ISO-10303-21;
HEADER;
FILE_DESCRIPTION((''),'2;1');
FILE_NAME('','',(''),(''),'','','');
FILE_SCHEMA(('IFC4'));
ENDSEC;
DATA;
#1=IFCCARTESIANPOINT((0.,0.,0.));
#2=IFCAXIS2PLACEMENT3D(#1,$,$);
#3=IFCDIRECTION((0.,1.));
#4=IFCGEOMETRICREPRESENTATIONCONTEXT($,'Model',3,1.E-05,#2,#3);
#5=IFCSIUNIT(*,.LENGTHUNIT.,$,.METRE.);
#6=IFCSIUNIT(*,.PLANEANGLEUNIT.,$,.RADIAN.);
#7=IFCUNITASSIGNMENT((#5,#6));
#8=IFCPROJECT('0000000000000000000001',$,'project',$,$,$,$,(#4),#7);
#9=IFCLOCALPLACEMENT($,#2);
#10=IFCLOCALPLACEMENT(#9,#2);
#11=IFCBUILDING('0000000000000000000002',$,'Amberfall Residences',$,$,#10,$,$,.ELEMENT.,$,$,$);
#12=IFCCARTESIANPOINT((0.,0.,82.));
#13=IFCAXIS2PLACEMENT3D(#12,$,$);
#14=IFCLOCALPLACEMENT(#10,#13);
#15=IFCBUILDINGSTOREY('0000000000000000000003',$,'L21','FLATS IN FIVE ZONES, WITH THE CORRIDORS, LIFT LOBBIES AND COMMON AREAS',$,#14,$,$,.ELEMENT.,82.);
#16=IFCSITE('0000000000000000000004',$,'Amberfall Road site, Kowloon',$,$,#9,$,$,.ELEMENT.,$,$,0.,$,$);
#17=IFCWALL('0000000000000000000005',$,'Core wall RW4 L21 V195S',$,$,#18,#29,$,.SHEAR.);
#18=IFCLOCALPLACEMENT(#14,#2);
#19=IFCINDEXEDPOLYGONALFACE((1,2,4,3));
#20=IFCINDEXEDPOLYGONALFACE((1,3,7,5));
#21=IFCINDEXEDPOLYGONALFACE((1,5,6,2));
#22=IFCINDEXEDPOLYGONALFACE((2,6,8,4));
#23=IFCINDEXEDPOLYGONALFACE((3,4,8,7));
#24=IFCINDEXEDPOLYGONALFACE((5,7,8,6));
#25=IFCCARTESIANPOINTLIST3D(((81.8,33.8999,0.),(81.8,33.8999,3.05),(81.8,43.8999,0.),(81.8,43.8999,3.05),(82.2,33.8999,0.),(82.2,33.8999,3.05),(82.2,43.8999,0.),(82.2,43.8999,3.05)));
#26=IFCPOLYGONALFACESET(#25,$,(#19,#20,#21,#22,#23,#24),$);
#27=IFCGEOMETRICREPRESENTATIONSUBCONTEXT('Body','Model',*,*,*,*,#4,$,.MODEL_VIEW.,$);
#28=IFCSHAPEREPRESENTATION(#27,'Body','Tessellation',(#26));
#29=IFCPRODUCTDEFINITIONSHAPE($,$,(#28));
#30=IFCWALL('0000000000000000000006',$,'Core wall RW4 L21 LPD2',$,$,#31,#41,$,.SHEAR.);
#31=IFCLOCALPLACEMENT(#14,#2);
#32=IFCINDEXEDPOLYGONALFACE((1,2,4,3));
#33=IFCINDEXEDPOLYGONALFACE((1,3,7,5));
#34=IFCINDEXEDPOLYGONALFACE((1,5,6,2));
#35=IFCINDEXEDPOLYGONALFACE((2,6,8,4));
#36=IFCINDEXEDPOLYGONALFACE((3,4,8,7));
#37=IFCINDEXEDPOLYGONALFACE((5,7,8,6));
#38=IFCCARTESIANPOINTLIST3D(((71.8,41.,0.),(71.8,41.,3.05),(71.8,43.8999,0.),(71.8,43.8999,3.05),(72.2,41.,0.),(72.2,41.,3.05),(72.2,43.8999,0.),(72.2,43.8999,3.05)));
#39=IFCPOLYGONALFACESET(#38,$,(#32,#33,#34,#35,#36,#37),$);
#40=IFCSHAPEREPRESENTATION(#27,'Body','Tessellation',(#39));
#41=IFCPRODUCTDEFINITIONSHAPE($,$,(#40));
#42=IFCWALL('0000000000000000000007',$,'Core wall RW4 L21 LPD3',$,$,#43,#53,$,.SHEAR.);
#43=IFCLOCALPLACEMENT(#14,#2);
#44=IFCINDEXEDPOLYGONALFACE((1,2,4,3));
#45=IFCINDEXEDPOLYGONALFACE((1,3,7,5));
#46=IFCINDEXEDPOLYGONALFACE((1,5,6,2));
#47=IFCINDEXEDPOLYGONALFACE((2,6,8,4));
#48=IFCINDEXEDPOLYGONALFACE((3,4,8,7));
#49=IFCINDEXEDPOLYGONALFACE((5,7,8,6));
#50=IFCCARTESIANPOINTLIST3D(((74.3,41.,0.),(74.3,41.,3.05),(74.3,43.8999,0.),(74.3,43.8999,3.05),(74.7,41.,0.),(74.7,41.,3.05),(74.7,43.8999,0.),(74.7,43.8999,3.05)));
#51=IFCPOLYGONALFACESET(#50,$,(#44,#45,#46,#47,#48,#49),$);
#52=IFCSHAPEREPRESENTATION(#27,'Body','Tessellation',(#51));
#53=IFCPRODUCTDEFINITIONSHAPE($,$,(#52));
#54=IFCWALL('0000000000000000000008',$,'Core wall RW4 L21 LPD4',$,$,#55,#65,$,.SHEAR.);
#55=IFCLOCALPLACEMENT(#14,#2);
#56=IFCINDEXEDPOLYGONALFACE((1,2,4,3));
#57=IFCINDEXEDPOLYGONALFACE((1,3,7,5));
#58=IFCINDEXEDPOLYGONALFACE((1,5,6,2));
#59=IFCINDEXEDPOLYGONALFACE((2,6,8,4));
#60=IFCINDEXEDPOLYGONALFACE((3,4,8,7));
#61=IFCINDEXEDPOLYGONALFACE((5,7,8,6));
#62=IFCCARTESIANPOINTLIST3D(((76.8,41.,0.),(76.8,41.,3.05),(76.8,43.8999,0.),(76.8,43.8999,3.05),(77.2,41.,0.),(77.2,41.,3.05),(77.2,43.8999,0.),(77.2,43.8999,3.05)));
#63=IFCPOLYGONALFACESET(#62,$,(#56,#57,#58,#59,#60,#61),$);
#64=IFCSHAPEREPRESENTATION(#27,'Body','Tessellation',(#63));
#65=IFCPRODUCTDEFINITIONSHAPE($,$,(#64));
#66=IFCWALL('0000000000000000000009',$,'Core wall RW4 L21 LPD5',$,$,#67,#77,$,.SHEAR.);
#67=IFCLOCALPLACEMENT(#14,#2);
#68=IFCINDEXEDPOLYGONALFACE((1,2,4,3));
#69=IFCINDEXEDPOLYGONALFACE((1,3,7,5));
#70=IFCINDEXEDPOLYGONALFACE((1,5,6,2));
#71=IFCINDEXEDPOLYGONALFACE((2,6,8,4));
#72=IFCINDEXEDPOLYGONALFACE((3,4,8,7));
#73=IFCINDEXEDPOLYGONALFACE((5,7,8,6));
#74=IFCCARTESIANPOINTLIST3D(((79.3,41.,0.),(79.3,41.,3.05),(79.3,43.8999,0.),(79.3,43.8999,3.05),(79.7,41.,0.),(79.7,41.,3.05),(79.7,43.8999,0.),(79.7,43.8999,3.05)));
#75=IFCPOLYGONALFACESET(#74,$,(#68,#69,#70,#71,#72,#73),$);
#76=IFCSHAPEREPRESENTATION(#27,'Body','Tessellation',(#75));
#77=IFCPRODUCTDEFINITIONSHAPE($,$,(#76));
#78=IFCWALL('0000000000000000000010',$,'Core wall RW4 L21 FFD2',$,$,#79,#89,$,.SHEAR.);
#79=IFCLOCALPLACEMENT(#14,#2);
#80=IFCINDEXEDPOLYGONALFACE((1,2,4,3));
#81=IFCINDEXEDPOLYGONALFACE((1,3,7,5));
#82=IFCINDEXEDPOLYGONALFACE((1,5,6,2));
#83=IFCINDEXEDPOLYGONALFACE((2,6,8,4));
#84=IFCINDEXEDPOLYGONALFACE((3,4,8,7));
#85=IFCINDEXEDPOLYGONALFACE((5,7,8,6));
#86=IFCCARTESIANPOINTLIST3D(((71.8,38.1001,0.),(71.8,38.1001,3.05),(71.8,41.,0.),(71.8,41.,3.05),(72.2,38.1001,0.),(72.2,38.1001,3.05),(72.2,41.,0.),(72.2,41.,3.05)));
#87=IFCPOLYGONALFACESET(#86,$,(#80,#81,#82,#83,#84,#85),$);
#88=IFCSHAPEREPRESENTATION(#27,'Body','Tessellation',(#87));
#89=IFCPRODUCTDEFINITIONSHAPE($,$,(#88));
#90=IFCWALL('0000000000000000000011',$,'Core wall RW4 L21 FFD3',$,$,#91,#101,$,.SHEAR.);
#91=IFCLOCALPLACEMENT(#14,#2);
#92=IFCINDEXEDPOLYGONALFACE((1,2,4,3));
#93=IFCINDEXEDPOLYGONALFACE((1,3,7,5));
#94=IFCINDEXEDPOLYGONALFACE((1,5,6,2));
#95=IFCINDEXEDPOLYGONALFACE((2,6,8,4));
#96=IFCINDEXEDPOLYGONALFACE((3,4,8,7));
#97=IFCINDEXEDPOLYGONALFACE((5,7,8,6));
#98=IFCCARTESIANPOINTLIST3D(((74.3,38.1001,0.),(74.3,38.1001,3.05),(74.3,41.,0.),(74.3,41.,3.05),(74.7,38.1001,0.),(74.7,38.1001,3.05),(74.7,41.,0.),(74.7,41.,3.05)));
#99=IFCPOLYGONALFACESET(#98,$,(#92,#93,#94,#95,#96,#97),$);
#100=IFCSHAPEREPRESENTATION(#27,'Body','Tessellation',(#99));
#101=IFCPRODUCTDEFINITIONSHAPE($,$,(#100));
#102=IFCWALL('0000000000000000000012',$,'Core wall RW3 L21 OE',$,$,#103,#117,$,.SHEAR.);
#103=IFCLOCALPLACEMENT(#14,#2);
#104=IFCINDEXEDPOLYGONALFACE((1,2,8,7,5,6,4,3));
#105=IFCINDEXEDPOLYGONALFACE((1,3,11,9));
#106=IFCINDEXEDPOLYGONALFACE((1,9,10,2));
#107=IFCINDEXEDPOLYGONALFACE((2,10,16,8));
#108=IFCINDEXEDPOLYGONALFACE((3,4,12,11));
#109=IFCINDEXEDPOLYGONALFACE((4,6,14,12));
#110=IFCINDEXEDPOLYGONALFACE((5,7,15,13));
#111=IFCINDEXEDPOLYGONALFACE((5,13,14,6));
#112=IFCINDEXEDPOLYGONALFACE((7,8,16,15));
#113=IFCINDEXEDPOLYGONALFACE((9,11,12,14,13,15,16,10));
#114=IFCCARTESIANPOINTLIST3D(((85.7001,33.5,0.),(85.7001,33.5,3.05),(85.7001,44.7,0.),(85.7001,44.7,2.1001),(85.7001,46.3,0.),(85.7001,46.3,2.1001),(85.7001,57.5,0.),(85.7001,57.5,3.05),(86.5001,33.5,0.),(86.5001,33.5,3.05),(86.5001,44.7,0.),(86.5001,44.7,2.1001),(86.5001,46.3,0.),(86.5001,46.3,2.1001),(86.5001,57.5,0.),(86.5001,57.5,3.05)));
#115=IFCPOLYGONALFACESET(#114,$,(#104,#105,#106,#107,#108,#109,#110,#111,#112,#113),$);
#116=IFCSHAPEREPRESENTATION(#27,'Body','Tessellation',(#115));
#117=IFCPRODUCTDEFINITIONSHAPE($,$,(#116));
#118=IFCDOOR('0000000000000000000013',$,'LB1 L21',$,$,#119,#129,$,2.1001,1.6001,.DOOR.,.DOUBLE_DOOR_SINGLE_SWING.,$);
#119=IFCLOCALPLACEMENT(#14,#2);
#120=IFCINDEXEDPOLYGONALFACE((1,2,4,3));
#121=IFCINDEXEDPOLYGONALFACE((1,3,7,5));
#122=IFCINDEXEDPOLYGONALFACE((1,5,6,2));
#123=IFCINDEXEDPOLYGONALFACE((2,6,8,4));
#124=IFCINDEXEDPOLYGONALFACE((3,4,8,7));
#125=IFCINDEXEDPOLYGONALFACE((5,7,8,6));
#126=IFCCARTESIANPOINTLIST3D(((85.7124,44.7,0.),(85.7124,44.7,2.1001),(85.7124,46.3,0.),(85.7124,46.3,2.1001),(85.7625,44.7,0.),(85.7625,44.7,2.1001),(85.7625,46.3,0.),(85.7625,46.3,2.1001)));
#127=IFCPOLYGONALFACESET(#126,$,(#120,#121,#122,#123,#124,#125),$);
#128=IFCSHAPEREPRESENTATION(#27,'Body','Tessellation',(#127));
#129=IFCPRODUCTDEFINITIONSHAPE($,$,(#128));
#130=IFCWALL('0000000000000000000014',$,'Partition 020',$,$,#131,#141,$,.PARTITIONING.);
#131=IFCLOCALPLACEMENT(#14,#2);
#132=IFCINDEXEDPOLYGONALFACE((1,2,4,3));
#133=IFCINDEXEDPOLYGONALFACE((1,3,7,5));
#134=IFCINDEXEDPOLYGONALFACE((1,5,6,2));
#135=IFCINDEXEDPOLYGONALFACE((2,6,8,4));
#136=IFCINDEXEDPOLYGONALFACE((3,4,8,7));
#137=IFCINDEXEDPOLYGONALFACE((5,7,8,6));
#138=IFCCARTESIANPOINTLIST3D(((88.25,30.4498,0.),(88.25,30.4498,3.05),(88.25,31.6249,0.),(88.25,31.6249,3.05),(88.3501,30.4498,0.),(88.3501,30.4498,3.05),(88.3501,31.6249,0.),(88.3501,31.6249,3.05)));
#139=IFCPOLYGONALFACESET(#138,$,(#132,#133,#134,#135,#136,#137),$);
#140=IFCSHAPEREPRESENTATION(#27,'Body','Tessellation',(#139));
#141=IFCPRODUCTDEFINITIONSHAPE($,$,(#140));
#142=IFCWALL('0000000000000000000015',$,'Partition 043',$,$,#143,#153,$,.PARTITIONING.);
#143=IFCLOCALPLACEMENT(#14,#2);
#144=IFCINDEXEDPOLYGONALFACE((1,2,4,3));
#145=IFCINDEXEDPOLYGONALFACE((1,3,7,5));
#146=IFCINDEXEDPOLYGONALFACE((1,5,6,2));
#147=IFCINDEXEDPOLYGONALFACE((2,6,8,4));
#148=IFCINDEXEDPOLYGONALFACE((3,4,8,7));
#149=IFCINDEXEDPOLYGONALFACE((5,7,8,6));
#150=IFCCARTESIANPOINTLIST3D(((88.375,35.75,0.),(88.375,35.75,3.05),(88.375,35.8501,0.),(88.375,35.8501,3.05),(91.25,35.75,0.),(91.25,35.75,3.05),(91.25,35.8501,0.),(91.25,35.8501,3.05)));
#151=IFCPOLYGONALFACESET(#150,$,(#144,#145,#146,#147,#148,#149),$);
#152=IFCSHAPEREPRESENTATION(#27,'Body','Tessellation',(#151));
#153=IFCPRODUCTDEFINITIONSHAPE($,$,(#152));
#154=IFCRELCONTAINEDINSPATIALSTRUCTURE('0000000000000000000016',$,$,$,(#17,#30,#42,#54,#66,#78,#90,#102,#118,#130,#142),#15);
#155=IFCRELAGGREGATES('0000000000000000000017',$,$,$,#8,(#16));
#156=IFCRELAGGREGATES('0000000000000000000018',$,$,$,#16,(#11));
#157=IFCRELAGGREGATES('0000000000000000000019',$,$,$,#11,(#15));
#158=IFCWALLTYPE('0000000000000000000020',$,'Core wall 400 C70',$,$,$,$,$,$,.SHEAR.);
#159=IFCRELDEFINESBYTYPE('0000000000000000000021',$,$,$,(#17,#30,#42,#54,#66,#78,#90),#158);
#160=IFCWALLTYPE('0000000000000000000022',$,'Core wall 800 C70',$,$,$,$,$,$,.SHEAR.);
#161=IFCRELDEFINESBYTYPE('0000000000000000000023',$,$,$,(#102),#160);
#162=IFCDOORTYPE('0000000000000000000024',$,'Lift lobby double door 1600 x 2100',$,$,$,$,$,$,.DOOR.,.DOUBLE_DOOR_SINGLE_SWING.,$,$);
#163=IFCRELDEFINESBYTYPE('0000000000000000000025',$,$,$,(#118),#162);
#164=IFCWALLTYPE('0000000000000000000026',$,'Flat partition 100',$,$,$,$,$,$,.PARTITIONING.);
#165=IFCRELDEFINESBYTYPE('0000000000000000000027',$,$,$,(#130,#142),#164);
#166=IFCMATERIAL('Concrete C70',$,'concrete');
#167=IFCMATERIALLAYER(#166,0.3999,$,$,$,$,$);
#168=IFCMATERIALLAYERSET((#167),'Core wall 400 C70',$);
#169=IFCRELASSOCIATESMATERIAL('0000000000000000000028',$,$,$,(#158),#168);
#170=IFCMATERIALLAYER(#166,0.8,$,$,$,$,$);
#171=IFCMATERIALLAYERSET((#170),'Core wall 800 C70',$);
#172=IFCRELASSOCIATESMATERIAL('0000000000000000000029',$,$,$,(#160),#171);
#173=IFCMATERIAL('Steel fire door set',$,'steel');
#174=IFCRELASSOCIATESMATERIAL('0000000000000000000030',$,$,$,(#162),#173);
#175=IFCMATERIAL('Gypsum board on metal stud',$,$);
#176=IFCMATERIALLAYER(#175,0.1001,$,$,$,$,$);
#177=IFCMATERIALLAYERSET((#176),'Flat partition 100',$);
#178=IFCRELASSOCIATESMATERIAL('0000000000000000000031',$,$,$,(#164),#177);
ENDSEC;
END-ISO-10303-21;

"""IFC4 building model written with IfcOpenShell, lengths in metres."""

from ifc_helpers import new_model, si_unit, direction, frame, frame_2d, origin, place, context, subcontext, project, spatial, rectangle, extrude, material, layer, layer_set, type_object, element, fill, save


model = new_model("IFC4")

# Units and contexts
model_context = context("Model", 3, precision=1e-05, world=origin(), true_north=direction((0.0, 1.0)))
body_context = subcontext(model_context, "Body", "Model", "MODEL_VIEW")
ifc_project = project(units=[si_unit("LENGTHUNIT", "METRE"), si_unit("PLANEANGLEUNIT", "RADIAN")], contexts=[model_context])

# Site, building, storey
site_placement = place(None, origin())
site = spatial("IfcSite", under=ifc_project, at=site_placement, Name="Amberfall Road site, Kowloon", CompositionType="ELEMENT", RefElevation=0.0)
building_placement = place(site_placement, origin())
building = spatial("IfcBuilding", under=site, at=building_placement, Name="Amberfall Residences", CompositionType="ELEMENT")
storey_placement = place(building_placement, frame((0.0, 0.0, 82.0)))
storey = spatial("IfcBuildingStorey", under=building, at=storey_placement, Name="L21", Description="FLATS IN FIVE ZONES, WITH THE CORRIDORS, LIFT LOBBIES AND COMMON AREAS", CompositionType="ELEMENT", Elevation=82.0)

# Walls
ifc_material_1 = material(Name="Concrete C70", Category="concrete")
ifc_layer_1 = layer(ifc_material_1, 0.3999)
ifc_layer_set_1 = layer_set([ifc_layer_1], Name="Core wall 400 C70")
wall_type_1 = type_object("IfcWallType", Name="Core wall 400 C70", PredefinedType="SHEAR", material=ifc_layer_set_1)
wall_1_placement = place(storey_placement, frame((82.0, 33.8999, 0.0), z_axis=(0.0, 0.0, 1.0), x_axis=(0.0, 1.0, 0.0)))
element("IfcWall", 1, at=wall_1_placement, inside=storey, type_object=wall_type_1, Name="Core wall RW4 L21 V195S", PredefinedType="SHEAR", context=body_context, shape_type="SweptSolid", body=[
    extrude(rectangle(XDim=10.0, YDim=0.3999, at=frame_2d((5.0, 0.0))), origin(), (0.0, 0.0, 1.0), 3.05),
])
for number, where, z_axis, x_axis, name in (
    (2, (72.0, 41.0, 0.0), (0.0, 0.0, 1.0), (0.0, 1.0, 0.0), "Core wall RW4 L21 LPD2"),
    (3, (74.5, 41.0, 0.0), (0.0, 0.0, 1.0), (0.0, 1.0, 0.0), "Core wall RW4 L21 LPD3"),
    (4, (77.0, 41.0, 0.0), (0.0, 0.0, 1.0), (0.0, 1.0, 0.0), "Core wall RW4 L21 LPD4"),
    (5, (79.5, 41.0, 0.0), (0.0, 0.0, 1.0), (0.0, 1.0, 0.0), "Core wall RW4 L21 LPD5"),
    (6, (72.0, 38.1001, 0.0), (0.0, 0.0, 1.0), (0.0, 1.0, 0.0), "Core wall RW4 L21 FFD2"),
    (7, (74.5, 38.1001, 0.0), (0.0, 0.0, 1.0), (0.0, 1.0, 0.0), "Core wall RW4 L21 FFD3"),
):
    element("IfcWall", number, at=place(storey_placement, frame(where, z_axis=z_axis, x_axis=x_axis)), inside=storey, type_object=wall_type_1, Name=name, PredefinedType="SHEAR", context=body_context, shape_type="SweptSolid", body=[
        extrude(rectangle(XDim=2.8999, YDim=0.3999, at=frame_2d((1.45, 0.0))), origin(), (0.0, 0.0, 1.0), 3.05),
    ])

# Wall, opening, door
ifc_layer_2 = layer(ifc_material_1, 0.8)
ifc_layer_set_2 = layer_set([ifc_layer_2], Name="Core wall 800 C70")
wall_type_2 = type_object("IfcWallType", Name="Core wall 800 C70", PredefinedType="SHEAR", material=ifc_layer_set_2)
wall_2_placement = place(storey_placement, frame((86.1001, 33.5, 0.0), z_axis=(0.0, 0.0, 1.0), x_axis=(0.0, 1.0, 0.0)))
wall_2 = element("IfcWall", 8, at=wall_2_placement, inside=storey, type_object=wall_type_2, Name="Core wall RW3 L21 OE", PredefinedType="SHEAR", context=body_context, shape_type="SweptSolid", body=[
    extrude(rectangle(XDim=24.0, YDim=0.8, at=frame_2d((12.0, 0.0))), origin(), (0.0, 0.0, 1.0), 3.05),
])
opening_1_placement = place(wall_2_placement, frame((11.2, 0.0, 0.0)))
opening_1 = element("IfcOpeningElement", 9, at=opening_1_placement, cuts=wall_2, PredefinedType="OPENING", context=body_context, shape_type="SweptSolid", body=[
    extrude(rectangle(XDim=1.6001, YDim=2.1001, at=frame_2d((0.8, 1.05))), frame((0.0, 0.4099, 0.0), z_axis=(0.0, -1.0, 0.0), x_axis=(1.0, 0.0, 0.0)), (0.0, 0.0, 1.0), 0.8201),
])
ifc_material_2 = material(Name="Steel fire door set", Category="steel")
door_type_1 = type_object("IfcDoorType", Name="Lift lobby double door 1600 x 2100", OperationType="DOUBLE_DOOR_SINGLE_SWING", PredefinedType="DOOR", material=ifc_material_2)
door_1_placement = place(opening_1_placement, origin())
door_1 = element("IfcDoor", 10, at=door_1_placement, inside=storey, type_object=door_type_1, Name="LB1 L21", OperationType="DOUBLE_DOOR_SINGLE_SWING", OverallHeight=2.1001, OverallWidth=1.6001, PredefinedType="DOOR", context=body_context, shape_type="SweptSolid", body=[
    extrude(rectangle(XDim=1.6001, YDim=2.1001, at=frame_2d((0.8, 1.05))), frame((0.0, 0.3877, 0.0), z_axis=(0.0, -1.0, 0.0), x_axis=(1.0, 0.0, 0.0)), (0.0, 0.0, 1.0), 0.05),
])
fill(opening_1, door_1)

# Walls
ifc_material_3 = material(Name="Gypsum board on metal stud")
ifc_layer_3 = layer(ifc_material_3, 0.1001)
ifc_layer_set_3 = layer_set([ifc_layer_3], Name="Flat partition 100")
wall_type_3 = type_object("IfcWallType", Name="Flat partition 100", PredefinedType="PARTITIONING", material=ifc_layer_set_3)
wall_3_placement = place(storey_placement, frame((88.3, 30.45, 0.0), z_axis=(0.0, 0.0, 1.0), x_axis=(0.0, 1.0, 0.0)))
element("IfcWall", 11, at=wall_3_placement, inside=storey, type_object=wall_type_3, Name="Partition 020", PredefinedType="PARTITIONING", context=body_context, shape_type="SweptSolid", body=[
    extrude(rectangle(XDim=1.175, YDim=0.1001, at=frame_2d((0.5874, 0.0))), origin(), (0.0, 0.0, 1.0), 3.05),
])
wall_4_placement = place(storey_placement, frame((88.375, 35.8, 0.0), z_axis=(0.0, 0.0, 1.0), x_axis=(1.0, 0.0, 0.0)))
element("IfcWall", 12, at=wall_4_placement, inside=storey, type_object=wall_type_3, Name="Partition 043", PredefinedType="PARTITIONING", context=body_context, shape_type="SweptSolid", body=[
    extrude(rectangle(XDim=2.875, YDim=0.1001, at=frame_2d((1.4375, 0.0))), origin(), (0.0, 0.0, 1.0), 3.05),
])

save(model, "model.ifc")
